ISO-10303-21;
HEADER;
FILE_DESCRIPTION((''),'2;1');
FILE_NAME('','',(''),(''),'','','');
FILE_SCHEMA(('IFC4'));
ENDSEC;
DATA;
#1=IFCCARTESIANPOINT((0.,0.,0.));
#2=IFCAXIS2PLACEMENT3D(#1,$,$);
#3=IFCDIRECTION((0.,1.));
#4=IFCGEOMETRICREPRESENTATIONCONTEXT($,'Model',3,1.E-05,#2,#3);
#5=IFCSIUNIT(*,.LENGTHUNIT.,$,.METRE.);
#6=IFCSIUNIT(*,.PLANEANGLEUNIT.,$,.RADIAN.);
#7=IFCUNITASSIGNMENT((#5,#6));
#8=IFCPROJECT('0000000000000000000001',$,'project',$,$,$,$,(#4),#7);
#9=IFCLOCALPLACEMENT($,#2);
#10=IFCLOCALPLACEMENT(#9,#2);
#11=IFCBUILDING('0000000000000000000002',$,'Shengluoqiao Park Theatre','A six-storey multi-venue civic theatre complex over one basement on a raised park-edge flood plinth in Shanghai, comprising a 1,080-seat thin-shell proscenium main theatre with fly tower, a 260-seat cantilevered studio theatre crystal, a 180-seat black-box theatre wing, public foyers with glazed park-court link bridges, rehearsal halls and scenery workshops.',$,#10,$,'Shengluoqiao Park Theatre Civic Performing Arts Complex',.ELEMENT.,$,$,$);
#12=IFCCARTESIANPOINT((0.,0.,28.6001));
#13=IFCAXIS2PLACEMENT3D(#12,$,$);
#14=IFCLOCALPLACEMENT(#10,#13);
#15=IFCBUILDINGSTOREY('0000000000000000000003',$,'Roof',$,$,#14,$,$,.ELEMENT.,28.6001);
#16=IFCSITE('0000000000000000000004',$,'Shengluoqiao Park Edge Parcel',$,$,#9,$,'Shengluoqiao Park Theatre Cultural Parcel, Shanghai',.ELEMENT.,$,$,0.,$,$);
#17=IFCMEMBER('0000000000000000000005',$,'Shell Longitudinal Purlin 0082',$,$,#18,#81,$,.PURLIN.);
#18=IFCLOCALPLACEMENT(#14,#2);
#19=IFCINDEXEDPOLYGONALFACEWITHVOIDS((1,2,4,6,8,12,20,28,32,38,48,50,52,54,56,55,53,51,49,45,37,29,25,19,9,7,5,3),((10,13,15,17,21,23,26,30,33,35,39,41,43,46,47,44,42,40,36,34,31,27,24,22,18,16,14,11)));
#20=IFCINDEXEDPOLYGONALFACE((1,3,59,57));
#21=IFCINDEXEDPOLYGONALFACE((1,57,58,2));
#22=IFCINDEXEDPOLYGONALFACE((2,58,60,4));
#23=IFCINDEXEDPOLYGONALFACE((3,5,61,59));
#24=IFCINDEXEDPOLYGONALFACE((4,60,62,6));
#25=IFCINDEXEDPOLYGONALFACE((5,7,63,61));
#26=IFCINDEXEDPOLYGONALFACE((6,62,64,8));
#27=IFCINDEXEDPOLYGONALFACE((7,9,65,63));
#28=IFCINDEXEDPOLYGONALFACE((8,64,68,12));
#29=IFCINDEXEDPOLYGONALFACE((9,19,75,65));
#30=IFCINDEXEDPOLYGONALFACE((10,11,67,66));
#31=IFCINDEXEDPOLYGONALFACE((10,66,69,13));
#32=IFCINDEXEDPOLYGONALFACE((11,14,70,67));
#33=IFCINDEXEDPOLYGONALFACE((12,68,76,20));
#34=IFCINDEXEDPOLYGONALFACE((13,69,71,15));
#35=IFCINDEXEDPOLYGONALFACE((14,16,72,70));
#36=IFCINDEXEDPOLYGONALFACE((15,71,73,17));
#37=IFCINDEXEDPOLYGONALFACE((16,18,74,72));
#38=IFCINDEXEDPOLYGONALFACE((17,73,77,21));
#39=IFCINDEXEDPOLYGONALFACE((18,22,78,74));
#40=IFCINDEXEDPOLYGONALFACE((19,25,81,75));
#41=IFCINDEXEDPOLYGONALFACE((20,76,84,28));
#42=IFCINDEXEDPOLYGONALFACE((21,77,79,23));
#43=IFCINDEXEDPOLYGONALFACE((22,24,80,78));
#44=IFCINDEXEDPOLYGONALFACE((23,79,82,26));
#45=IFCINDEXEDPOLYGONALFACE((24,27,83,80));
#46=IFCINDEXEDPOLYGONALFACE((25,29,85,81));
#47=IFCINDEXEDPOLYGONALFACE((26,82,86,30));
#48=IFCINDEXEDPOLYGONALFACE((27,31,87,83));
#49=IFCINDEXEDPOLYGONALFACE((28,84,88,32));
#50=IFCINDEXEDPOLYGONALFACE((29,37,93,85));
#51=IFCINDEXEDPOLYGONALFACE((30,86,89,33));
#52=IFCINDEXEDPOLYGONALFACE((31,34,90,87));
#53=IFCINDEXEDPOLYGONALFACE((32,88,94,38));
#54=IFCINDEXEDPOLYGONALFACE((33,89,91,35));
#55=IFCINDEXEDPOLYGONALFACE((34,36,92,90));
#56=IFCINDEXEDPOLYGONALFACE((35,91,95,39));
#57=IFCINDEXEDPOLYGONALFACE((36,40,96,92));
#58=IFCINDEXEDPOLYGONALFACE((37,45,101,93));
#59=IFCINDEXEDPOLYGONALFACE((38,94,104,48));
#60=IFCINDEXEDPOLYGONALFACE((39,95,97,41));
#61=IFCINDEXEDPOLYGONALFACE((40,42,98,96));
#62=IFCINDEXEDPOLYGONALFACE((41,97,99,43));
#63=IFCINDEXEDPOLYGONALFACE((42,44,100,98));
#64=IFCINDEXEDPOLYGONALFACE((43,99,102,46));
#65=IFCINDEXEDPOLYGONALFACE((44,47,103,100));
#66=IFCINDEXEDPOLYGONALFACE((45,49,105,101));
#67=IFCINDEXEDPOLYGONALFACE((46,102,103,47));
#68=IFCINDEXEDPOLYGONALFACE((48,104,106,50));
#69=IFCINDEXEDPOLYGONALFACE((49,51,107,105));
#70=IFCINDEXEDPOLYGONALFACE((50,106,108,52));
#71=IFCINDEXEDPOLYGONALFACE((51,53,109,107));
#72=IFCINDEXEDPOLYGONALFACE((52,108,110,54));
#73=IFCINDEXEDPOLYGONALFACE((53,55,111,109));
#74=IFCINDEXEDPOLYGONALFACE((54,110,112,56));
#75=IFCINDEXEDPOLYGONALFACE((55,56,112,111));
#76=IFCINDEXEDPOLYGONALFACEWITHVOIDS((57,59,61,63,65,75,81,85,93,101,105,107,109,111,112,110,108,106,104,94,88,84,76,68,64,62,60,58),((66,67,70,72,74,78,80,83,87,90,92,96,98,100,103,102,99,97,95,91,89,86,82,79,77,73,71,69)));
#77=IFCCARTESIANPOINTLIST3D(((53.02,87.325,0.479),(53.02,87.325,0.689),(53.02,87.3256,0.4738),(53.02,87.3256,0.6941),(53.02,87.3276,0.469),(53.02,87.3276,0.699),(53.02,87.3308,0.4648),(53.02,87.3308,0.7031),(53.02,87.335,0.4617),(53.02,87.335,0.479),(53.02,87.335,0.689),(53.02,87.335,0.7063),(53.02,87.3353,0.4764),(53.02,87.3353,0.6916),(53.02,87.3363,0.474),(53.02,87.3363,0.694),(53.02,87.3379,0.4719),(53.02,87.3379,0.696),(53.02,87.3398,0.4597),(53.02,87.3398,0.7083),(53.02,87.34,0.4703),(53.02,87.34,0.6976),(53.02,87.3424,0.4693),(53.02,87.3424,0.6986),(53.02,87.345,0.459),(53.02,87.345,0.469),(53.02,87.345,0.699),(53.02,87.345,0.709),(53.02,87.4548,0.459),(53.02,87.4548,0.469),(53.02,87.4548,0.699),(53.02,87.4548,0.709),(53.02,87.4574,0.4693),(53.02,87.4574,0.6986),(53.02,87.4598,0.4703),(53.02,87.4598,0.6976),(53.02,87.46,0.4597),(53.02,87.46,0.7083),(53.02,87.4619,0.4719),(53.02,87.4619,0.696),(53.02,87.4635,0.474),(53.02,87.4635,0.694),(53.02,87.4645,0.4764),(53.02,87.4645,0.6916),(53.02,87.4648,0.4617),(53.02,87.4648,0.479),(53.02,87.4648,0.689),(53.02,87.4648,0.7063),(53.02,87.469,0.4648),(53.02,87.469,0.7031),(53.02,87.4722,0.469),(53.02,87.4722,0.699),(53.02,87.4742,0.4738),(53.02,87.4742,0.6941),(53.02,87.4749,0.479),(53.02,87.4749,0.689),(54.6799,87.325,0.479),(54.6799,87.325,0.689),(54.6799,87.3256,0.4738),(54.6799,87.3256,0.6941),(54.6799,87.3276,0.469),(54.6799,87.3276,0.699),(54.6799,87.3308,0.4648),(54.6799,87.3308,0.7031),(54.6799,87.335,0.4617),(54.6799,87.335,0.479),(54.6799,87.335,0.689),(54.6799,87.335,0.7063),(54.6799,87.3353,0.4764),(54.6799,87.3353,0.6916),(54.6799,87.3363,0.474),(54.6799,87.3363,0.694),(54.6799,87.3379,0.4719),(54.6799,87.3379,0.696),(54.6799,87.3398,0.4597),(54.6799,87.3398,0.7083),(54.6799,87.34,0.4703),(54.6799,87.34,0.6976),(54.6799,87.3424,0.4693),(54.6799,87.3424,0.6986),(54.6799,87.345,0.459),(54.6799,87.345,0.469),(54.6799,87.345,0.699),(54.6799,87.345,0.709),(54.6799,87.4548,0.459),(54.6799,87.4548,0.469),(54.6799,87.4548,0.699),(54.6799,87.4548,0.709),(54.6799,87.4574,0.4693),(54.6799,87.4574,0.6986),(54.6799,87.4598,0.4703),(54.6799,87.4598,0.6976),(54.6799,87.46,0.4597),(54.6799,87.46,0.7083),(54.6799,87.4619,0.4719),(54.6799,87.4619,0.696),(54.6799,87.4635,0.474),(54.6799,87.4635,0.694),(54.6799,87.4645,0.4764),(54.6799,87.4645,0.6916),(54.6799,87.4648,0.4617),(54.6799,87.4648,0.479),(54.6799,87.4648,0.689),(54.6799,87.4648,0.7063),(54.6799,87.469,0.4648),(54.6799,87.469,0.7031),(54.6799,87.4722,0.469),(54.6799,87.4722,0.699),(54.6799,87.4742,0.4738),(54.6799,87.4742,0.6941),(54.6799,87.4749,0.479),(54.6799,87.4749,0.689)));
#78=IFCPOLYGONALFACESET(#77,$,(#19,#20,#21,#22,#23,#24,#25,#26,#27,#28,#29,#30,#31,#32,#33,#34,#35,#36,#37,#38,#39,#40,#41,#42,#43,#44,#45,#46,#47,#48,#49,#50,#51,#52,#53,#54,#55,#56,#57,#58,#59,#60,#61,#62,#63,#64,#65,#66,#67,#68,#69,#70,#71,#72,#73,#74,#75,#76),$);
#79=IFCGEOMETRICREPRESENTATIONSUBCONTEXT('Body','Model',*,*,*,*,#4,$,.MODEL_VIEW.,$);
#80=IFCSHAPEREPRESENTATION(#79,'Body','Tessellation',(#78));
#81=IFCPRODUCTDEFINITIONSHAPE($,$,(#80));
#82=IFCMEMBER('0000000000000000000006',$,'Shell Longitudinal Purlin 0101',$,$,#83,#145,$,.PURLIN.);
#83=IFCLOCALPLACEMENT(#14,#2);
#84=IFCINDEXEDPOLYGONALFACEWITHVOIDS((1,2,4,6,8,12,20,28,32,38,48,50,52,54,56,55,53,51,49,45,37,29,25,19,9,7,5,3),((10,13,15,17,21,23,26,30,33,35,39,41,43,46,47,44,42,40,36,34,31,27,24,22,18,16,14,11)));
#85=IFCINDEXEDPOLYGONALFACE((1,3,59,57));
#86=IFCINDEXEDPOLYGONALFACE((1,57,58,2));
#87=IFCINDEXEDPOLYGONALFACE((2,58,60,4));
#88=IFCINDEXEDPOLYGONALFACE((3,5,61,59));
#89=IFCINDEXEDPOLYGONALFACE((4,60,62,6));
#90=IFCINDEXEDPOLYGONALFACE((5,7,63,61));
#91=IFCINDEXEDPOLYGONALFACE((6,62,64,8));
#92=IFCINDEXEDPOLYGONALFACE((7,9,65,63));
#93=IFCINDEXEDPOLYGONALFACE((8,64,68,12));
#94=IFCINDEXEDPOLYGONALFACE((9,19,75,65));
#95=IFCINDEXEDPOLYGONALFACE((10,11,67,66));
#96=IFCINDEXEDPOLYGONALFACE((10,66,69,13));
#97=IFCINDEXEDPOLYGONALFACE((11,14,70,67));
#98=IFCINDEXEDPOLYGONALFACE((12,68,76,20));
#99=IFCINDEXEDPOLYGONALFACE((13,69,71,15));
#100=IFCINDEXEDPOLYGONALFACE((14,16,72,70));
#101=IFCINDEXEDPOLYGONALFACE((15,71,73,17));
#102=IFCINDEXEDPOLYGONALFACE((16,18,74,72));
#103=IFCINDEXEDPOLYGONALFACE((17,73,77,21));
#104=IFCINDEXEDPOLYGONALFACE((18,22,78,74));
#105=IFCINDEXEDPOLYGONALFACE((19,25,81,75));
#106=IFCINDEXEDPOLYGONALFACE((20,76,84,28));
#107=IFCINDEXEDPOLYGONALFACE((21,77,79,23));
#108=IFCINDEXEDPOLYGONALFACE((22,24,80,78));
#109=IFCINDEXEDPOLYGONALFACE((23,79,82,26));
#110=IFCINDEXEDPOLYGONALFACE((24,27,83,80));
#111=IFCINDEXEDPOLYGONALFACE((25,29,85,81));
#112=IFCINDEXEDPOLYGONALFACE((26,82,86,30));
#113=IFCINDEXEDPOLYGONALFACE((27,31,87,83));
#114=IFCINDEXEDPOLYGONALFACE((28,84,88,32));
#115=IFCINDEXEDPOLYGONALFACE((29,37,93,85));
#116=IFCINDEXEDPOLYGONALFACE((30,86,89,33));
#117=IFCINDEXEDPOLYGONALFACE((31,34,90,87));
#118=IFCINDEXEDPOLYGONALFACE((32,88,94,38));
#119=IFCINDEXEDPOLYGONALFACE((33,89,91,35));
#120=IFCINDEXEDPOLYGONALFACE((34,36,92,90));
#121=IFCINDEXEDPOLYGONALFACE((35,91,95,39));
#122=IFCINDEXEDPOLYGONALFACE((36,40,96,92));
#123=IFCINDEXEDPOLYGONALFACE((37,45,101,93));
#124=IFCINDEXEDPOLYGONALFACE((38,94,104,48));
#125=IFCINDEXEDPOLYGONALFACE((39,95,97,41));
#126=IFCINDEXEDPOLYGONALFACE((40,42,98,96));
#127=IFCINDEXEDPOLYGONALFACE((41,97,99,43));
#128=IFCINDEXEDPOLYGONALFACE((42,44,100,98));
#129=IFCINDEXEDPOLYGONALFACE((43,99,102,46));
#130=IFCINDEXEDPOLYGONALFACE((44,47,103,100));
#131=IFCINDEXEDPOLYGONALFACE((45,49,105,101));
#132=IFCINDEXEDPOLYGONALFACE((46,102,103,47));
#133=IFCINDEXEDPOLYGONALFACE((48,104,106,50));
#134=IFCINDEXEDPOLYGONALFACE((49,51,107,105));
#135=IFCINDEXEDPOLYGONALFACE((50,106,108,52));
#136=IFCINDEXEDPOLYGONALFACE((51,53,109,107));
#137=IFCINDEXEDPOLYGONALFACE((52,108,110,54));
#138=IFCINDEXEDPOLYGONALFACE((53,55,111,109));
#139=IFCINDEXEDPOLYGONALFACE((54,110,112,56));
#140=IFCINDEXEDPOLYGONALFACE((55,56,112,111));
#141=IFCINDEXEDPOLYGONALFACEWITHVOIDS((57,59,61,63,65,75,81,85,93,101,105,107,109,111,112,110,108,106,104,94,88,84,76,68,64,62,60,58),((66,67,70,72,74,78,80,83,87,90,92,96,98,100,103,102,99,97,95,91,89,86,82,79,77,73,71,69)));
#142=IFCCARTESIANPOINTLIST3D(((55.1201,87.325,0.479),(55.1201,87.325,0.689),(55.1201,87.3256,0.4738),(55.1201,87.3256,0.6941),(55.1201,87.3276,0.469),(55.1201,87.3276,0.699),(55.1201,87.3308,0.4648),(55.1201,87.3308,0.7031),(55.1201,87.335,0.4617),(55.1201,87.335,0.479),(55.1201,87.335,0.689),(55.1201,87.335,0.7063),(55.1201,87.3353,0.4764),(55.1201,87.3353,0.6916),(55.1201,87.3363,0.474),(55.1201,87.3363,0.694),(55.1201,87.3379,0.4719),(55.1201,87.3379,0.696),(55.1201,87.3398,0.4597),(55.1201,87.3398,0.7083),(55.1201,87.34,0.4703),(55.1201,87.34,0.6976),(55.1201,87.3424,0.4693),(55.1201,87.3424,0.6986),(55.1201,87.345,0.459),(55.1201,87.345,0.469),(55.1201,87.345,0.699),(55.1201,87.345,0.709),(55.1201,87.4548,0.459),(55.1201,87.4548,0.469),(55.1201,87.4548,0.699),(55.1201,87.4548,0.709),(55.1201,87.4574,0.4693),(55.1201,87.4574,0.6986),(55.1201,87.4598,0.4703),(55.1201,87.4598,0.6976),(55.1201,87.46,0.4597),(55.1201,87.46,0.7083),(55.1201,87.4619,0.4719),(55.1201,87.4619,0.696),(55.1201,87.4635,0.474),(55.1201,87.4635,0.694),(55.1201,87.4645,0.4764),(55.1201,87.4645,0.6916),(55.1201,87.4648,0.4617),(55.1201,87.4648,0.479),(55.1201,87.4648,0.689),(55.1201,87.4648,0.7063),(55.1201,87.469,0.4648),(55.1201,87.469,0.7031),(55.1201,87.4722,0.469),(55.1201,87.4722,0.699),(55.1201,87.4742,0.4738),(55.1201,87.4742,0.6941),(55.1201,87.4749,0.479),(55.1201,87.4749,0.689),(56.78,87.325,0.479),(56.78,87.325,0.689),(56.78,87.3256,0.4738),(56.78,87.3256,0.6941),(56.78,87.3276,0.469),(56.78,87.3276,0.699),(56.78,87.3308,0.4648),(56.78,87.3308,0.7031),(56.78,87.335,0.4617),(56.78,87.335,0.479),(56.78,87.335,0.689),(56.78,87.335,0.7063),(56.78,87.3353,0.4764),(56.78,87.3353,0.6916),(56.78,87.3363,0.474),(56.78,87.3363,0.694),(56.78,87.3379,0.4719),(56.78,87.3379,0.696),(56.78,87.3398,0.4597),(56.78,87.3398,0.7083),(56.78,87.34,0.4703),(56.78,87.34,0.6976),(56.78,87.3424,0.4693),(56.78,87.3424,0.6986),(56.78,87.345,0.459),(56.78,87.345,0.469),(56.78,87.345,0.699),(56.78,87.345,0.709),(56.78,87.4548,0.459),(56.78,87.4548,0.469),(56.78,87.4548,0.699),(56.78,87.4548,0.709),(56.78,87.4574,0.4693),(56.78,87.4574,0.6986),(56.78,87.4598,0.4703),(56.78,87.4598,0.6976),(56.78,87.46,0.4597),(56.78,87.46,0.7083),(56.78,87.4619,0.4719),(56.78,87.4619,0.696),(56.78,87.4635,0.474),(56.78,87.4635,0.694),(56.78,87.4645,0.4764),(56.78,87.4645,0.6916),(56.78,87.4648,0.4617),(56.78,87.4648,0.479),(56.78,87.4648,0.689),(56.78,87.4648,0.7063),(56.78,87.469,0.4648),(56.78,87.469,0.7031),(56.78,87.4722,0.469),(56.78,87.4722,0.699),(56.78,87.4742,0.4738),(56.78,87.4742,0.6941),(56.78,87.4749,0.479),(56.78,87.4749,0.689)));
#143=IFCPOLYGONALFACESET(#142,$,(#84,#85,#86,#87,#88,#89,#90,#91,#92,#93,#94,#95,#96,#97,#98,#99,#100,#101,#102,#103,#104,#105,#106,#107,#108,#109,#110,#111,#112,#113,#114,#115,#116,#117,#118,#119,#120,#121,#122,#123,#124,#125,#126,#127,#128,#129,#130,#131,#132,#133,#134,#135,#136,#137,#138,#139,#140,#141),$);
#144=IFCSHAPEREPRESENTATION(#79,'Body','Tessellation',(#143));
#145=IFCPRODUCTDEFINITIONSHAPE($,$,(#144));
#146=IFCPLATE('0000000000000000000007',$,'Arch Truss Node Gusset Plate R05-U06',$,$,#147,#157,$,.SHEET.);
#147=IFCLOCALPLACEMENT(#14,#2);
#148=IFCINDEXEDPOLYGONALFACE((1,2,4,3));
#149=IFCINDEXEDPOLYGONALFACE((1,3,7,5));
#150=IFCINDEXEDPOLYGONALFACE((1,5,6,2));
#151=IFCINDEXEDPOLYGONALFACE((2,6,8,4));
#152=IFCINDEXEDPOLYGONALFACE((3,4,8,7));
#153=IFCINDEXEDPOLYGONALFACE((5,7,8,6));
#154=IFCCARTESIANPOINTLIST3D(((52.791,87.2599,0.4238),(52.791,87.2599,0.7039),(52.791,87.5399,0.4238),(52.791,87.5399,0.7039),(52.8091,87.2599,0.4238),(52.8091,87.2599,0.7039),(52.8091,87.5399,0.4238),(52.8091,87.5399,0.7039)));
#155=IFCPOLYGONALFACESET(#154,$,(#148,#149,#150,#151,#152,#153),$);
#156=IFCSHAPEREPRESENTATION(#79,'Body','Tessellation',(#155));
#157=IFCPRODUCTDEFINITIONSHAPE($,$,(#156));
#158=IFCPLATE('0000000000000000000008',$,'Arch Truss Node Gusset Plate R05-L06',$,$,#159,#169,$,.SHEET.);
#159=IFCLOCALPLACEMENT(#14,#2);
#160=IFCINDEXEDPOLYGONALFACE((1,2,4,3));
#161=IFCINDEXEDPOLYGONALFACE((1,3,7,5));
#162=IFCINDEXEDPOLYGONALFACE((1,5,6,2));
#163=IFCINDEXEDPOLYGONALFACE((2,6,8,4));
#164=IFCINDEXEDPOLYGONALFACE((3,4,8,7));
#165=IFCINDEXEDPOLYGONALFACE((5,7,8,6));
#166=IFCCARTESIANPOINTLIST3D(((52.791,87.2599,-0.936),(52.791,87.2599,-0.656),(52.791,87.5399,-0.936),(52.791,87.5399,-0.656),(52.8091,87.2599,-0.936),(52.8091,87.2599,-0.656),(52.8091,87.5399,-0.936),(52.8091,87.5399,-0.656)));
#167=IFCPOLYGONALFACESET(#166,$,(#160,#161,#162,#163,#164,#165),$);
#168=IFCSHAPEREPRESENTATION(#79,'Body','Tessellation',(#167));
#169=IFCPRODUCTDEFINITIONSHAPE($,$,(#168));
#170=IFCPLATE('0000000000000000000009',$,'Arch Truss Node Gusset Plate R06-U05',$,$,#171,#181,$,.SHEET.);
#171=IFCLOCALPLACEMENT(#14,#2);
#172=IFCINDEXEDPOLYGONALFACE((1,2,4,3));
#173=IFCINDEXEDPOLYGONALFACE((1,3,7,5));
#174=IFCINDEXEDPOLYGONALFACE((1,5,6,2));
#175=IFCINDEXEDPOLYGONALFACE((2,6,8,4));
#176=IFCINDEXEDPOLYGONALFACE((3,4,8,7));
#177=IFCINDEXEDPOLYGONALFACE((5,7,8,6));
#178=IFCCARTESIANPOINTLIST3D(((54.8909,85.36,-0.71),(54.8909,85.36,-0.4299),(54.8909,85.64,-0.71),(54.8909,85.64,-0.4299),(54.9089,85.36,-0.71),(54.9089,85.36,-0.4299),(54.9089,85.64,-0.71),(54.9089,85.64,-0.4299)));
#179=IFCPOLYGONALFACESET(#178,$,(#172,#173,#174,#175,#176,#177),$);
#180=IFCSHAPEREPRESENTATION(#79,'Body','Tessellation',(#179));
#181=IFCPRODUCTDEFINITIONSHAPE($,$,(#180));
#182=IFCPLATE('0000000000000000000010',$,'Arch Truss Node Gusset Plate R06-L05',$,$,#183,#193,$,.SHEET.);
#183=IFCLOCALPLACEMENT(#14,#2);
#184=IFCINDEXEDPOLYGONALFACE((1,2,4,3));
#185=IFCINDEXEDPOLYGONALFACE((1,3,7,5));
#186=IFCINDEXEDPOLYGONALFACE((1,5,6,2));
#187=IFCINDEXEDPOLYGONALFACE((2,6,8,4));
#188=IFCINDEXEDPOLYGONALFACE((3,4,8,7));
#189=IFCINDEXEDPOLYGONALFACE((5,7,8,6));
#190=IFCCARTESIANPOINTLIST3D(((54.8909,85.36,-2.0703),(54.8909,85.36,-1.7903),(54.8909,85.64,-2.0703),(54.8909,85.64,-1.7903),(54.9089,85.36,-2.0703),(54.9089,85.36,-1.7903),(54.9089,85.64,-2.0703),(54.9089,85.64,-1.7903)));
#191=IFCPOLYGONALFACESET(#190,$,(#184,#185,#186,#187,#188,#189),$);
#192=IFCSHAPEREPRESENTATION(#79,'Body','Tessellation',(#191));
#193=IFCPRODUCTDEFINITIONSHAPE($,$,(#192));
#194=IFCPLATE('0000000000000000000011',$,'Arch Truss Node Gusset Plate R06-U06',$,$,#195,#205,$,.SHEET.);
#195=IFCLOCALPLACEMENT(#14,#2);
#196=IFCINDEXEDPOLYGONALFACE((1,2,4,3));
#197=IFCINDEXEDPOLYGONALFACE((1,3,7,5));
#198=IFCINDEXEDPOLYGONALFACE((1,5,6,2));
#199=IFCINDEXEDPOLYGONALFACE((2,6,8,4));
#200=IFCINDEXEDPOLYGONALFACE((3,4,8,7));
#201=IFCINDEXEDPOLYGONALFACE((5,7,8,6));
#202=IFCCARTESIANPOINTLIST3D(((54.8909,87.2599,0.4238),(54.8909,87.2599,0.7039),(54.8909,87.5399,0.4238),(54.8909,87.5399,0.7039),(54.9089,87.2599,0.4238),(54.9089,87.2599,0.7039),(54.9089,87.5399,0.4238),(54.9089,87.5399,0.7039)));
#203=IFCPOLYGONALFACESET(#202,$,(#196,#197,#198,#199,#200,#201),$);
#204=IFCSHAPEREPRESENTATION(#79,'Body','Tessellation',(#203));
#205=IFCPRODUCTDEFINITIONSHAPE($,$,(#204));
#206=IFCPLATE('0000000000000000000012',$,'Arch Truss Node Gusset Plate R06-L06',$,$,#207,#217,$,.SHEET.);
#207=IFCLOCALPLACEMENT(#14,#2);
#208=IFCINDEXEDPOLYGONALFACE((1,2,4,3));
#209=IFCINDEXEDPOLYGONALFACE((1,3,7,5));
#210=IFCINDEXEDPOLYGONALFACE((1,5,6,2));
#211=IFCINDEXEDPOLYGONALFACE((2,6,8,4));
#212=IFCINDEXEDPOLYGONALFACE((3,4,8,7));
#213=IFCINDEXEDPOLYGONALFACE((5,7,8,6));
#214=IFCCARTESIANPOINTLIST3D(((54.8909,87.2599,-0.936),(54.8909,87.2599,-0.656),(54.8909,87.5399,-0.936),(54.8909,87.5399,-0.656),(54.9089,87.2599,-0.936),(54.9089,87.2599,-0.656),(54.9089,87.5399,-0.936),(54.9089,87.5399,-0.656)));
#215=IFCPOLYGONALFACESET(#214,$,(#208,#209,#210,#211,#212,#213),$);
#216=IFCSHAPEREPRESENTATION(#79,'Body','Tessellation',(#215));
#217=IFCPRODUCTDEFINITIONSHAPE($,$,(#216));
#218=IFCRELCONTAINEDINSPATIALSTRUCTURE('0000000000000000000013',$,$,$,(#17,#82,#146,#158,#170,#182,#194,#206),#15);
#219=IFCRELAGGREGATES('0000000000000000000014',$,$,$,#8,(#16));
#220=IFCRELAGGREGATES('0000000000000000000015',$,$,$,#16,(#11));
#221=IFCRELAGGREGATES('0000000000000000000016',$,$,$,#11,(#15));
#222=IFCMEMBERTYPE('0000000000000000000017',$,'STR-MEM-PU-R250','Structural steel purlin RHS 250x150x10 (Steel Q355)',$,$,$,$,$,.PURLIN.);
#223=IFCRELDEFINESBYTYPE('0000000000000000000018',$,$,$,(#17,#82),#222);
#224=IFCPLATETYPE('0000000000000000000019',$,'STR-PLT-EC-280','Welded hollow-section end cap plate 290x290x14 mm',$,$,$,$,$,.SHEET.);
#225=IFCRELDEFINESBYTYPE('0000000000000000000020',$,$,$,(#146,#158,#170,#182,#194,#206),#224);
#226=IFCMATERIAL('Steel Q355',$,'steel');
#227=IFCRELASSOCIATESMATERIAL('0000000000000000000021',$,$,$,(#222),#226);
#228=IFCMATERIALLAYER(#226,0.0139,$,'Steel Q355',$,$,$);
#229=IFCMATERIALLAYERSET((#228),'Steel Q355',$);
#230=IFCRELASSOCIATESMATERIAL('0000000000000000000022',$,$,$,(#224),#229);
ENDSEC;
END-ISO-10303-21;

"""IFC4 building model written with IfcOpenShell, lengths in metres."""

from ifc_helpers import new_model, si_unit, direction, frame, origin, origin_2d, place, context, subcontext, project, spatial, rectangle, hollow_rectangle, extrude, material, layer, layer_set, material_profile, profile_set, type_object, element, save


model = new_model("IFC4")

# Units and contexts
model_context = context("Model", 3, precision=1e-05, world=origin(), true_north=direction((0.0, 1.0)))
body_context = subcontext(model_context, "Body", "Model", "MODEL_VIEW")
ifc_project = project(units=[si_unit("LENGTHUNIT", "METRE"), si_unit("PLANEANGLEUNIT", "RADIAN")], contexts=[model_context])

# Site, building, storey
site_placement = place(None, origin())
site = spatial("IfcSite", under=ifc_project, at=site_placement, Name="Shengluoqiao Park Edge Parcel", LongName="Shengluoqiao Park Theatre Cultural Parcel, Shanghai", CompositionType="ELEMENT", RefElevation=0.0)
building_placement = place(site_placement, origin())
building = spatial("IfcBuilding", under=site, at=building_placement, Name="Shengluoqiao Park Theatre", Description="A six-storey multi-venue civic theatre complex over one basement on a raised park-edge flood plinth in Shanghai, comprising a 1,080-seat thin-shell proscenium main theatre with fly tower, a 260-seat cantilevered studio theatre crystal, a 180-seat black-box theatre wing, public foyers with glazed park-court link bridges, rehearsal halls and scenery workshops.", LongName="Shengluoqiao Park Theatre Civic Performing Arts Complex", CompositionType="ELEMENT")
storey_placement = place(building_placement, frame((0.0, 0.0, 28.6001)))
storey = spatial("IfcBuildingStorey", under=building, at=storey_placement, Name="Roof", CompositionType="ELEMENT", Elevation=28.6001)

# Shared definitions
ifc_material_1 = material(Name="Steel Q355", Category="steel")

# Members
ifc_material_profile_1 = material_profile(ifc_material_1, hollow_rectangle(XDim=0.1499, YDim=0.25, WallThickness=0.01, InnerFilletRadius=0.01, OuterFilletRadius=0.02, at=origin_2d()), Name="RHS 250x150x10")
ifc_profile_set_1 = profile_set([ifc_material_profile_1], Name="Steel Q355")
member_type_1 = type_object("IfcMemberType", Name="STR-MEM-PU-R250", Description="Structural steel purlin RHS 250x150x10 (Steel Q355)", PredefinedType="PURLIN", material=ifc_profile_set_1)
for number, where, z_axis, x_axis, name in (
    (1, (53.02, 87.3999, 0.584), (1.0, 0.0, 0.0), (0.0, 1.0, 0.0), "Shell Longitudinal Purlin 0082"),
    (2, (55.1201, 87.3999, 0.584), (1.0, 0.0, 0.0), (0.0, 1.0, 0.0), "Shell Longitudinal Purlin 0101"),
):
    element("IfcMember", number, at=place(storey_placement, frame(where, z_axis=z_axis, x_axis=x_axis)), inside=storey, type_object=member_type_1, Name=name, PredefinedType="PURLIN", context=body_context, shape_type="SweptSolid", body=[
        extrude(hollow_rectangle(XDim=0.1499, YDim=0.25, WallThickness=0.01, InnerFilletRadius=0.01, OuterFilletRadius=0.02, at=origin_2d()), origin(), (0.0, 0.0, 1.0), 1.6599),
    ])

# Plates
ifc_layer_1 = layer(ifc_material_1, 0.0139, Name="Steel Q355")
ifc_layer_set_1 = layer_set([ifc_layer_1], Name="Steel Q355")
plate_type_1 = type_object("IfcPlateType", Name="STR-PLT-EC-280", Description="Welded hollow-section end cap plate 290x290x14 mm", PredefinedType="SHEET", material=ifc_layer_set_1)
for number, where, z_axis, x_axis, name in (
    (3, (52.8, 87.3999, 0.4238), (0.0, 0.0, 1.0), (1.0, 0.0, 0.0), "Arch Truss Node Gusset Plate R05-U06"),
    (4, (52.8, 87.3999, -0.936), (0.0, 0.0, 1.0), (1.0, 0.0, 0.0), "Arch Truss Node Gusset Plate R05-L06"),
    (5, (54.8999, 85.5, -0.71), (0.0, 0.0, 1.0), (1.0, 0.0, 0.0), "Arch Truss Node Gusset Plate R06-U05"),
    (6, (54.8999, 85.5, -2.0703), (0.0, 0.0, 1.0), (1.0, 0.0, 0.0), "Arch Truss Node Gusset Plate R06-L05"),
    (7, (54.8999, 87.3999, 0.4238), (0.0, 0.0, 1.0), (1.0, 0.0, 0.0), "Arch Truss Node Gusset Plate R06-U06"),
    (8, (54.8999, 87.3999, -0.936), (0.0, 0.0, 1.0), (1.0, 0.0, 0.0), "Arch Truss Node Gusset Plate R06-L06"),
):
    element("IfcPlate", number, at=place(storey_placement, frame(where, z_axis=z_axis, x_axis=x_axis)), inside=storey, type_object=plate_type_1, Name=name, PredefinedType="SHEET", context=body_context, shape_type="SweptSolid", body=[
        extrude(rectangle(XDim=0.0181, YDim=0.28, at=origin_2d()), origin(), (0.0, 0.0, 1.0), 0.28),
    ])

save(model, "model.ifc")
